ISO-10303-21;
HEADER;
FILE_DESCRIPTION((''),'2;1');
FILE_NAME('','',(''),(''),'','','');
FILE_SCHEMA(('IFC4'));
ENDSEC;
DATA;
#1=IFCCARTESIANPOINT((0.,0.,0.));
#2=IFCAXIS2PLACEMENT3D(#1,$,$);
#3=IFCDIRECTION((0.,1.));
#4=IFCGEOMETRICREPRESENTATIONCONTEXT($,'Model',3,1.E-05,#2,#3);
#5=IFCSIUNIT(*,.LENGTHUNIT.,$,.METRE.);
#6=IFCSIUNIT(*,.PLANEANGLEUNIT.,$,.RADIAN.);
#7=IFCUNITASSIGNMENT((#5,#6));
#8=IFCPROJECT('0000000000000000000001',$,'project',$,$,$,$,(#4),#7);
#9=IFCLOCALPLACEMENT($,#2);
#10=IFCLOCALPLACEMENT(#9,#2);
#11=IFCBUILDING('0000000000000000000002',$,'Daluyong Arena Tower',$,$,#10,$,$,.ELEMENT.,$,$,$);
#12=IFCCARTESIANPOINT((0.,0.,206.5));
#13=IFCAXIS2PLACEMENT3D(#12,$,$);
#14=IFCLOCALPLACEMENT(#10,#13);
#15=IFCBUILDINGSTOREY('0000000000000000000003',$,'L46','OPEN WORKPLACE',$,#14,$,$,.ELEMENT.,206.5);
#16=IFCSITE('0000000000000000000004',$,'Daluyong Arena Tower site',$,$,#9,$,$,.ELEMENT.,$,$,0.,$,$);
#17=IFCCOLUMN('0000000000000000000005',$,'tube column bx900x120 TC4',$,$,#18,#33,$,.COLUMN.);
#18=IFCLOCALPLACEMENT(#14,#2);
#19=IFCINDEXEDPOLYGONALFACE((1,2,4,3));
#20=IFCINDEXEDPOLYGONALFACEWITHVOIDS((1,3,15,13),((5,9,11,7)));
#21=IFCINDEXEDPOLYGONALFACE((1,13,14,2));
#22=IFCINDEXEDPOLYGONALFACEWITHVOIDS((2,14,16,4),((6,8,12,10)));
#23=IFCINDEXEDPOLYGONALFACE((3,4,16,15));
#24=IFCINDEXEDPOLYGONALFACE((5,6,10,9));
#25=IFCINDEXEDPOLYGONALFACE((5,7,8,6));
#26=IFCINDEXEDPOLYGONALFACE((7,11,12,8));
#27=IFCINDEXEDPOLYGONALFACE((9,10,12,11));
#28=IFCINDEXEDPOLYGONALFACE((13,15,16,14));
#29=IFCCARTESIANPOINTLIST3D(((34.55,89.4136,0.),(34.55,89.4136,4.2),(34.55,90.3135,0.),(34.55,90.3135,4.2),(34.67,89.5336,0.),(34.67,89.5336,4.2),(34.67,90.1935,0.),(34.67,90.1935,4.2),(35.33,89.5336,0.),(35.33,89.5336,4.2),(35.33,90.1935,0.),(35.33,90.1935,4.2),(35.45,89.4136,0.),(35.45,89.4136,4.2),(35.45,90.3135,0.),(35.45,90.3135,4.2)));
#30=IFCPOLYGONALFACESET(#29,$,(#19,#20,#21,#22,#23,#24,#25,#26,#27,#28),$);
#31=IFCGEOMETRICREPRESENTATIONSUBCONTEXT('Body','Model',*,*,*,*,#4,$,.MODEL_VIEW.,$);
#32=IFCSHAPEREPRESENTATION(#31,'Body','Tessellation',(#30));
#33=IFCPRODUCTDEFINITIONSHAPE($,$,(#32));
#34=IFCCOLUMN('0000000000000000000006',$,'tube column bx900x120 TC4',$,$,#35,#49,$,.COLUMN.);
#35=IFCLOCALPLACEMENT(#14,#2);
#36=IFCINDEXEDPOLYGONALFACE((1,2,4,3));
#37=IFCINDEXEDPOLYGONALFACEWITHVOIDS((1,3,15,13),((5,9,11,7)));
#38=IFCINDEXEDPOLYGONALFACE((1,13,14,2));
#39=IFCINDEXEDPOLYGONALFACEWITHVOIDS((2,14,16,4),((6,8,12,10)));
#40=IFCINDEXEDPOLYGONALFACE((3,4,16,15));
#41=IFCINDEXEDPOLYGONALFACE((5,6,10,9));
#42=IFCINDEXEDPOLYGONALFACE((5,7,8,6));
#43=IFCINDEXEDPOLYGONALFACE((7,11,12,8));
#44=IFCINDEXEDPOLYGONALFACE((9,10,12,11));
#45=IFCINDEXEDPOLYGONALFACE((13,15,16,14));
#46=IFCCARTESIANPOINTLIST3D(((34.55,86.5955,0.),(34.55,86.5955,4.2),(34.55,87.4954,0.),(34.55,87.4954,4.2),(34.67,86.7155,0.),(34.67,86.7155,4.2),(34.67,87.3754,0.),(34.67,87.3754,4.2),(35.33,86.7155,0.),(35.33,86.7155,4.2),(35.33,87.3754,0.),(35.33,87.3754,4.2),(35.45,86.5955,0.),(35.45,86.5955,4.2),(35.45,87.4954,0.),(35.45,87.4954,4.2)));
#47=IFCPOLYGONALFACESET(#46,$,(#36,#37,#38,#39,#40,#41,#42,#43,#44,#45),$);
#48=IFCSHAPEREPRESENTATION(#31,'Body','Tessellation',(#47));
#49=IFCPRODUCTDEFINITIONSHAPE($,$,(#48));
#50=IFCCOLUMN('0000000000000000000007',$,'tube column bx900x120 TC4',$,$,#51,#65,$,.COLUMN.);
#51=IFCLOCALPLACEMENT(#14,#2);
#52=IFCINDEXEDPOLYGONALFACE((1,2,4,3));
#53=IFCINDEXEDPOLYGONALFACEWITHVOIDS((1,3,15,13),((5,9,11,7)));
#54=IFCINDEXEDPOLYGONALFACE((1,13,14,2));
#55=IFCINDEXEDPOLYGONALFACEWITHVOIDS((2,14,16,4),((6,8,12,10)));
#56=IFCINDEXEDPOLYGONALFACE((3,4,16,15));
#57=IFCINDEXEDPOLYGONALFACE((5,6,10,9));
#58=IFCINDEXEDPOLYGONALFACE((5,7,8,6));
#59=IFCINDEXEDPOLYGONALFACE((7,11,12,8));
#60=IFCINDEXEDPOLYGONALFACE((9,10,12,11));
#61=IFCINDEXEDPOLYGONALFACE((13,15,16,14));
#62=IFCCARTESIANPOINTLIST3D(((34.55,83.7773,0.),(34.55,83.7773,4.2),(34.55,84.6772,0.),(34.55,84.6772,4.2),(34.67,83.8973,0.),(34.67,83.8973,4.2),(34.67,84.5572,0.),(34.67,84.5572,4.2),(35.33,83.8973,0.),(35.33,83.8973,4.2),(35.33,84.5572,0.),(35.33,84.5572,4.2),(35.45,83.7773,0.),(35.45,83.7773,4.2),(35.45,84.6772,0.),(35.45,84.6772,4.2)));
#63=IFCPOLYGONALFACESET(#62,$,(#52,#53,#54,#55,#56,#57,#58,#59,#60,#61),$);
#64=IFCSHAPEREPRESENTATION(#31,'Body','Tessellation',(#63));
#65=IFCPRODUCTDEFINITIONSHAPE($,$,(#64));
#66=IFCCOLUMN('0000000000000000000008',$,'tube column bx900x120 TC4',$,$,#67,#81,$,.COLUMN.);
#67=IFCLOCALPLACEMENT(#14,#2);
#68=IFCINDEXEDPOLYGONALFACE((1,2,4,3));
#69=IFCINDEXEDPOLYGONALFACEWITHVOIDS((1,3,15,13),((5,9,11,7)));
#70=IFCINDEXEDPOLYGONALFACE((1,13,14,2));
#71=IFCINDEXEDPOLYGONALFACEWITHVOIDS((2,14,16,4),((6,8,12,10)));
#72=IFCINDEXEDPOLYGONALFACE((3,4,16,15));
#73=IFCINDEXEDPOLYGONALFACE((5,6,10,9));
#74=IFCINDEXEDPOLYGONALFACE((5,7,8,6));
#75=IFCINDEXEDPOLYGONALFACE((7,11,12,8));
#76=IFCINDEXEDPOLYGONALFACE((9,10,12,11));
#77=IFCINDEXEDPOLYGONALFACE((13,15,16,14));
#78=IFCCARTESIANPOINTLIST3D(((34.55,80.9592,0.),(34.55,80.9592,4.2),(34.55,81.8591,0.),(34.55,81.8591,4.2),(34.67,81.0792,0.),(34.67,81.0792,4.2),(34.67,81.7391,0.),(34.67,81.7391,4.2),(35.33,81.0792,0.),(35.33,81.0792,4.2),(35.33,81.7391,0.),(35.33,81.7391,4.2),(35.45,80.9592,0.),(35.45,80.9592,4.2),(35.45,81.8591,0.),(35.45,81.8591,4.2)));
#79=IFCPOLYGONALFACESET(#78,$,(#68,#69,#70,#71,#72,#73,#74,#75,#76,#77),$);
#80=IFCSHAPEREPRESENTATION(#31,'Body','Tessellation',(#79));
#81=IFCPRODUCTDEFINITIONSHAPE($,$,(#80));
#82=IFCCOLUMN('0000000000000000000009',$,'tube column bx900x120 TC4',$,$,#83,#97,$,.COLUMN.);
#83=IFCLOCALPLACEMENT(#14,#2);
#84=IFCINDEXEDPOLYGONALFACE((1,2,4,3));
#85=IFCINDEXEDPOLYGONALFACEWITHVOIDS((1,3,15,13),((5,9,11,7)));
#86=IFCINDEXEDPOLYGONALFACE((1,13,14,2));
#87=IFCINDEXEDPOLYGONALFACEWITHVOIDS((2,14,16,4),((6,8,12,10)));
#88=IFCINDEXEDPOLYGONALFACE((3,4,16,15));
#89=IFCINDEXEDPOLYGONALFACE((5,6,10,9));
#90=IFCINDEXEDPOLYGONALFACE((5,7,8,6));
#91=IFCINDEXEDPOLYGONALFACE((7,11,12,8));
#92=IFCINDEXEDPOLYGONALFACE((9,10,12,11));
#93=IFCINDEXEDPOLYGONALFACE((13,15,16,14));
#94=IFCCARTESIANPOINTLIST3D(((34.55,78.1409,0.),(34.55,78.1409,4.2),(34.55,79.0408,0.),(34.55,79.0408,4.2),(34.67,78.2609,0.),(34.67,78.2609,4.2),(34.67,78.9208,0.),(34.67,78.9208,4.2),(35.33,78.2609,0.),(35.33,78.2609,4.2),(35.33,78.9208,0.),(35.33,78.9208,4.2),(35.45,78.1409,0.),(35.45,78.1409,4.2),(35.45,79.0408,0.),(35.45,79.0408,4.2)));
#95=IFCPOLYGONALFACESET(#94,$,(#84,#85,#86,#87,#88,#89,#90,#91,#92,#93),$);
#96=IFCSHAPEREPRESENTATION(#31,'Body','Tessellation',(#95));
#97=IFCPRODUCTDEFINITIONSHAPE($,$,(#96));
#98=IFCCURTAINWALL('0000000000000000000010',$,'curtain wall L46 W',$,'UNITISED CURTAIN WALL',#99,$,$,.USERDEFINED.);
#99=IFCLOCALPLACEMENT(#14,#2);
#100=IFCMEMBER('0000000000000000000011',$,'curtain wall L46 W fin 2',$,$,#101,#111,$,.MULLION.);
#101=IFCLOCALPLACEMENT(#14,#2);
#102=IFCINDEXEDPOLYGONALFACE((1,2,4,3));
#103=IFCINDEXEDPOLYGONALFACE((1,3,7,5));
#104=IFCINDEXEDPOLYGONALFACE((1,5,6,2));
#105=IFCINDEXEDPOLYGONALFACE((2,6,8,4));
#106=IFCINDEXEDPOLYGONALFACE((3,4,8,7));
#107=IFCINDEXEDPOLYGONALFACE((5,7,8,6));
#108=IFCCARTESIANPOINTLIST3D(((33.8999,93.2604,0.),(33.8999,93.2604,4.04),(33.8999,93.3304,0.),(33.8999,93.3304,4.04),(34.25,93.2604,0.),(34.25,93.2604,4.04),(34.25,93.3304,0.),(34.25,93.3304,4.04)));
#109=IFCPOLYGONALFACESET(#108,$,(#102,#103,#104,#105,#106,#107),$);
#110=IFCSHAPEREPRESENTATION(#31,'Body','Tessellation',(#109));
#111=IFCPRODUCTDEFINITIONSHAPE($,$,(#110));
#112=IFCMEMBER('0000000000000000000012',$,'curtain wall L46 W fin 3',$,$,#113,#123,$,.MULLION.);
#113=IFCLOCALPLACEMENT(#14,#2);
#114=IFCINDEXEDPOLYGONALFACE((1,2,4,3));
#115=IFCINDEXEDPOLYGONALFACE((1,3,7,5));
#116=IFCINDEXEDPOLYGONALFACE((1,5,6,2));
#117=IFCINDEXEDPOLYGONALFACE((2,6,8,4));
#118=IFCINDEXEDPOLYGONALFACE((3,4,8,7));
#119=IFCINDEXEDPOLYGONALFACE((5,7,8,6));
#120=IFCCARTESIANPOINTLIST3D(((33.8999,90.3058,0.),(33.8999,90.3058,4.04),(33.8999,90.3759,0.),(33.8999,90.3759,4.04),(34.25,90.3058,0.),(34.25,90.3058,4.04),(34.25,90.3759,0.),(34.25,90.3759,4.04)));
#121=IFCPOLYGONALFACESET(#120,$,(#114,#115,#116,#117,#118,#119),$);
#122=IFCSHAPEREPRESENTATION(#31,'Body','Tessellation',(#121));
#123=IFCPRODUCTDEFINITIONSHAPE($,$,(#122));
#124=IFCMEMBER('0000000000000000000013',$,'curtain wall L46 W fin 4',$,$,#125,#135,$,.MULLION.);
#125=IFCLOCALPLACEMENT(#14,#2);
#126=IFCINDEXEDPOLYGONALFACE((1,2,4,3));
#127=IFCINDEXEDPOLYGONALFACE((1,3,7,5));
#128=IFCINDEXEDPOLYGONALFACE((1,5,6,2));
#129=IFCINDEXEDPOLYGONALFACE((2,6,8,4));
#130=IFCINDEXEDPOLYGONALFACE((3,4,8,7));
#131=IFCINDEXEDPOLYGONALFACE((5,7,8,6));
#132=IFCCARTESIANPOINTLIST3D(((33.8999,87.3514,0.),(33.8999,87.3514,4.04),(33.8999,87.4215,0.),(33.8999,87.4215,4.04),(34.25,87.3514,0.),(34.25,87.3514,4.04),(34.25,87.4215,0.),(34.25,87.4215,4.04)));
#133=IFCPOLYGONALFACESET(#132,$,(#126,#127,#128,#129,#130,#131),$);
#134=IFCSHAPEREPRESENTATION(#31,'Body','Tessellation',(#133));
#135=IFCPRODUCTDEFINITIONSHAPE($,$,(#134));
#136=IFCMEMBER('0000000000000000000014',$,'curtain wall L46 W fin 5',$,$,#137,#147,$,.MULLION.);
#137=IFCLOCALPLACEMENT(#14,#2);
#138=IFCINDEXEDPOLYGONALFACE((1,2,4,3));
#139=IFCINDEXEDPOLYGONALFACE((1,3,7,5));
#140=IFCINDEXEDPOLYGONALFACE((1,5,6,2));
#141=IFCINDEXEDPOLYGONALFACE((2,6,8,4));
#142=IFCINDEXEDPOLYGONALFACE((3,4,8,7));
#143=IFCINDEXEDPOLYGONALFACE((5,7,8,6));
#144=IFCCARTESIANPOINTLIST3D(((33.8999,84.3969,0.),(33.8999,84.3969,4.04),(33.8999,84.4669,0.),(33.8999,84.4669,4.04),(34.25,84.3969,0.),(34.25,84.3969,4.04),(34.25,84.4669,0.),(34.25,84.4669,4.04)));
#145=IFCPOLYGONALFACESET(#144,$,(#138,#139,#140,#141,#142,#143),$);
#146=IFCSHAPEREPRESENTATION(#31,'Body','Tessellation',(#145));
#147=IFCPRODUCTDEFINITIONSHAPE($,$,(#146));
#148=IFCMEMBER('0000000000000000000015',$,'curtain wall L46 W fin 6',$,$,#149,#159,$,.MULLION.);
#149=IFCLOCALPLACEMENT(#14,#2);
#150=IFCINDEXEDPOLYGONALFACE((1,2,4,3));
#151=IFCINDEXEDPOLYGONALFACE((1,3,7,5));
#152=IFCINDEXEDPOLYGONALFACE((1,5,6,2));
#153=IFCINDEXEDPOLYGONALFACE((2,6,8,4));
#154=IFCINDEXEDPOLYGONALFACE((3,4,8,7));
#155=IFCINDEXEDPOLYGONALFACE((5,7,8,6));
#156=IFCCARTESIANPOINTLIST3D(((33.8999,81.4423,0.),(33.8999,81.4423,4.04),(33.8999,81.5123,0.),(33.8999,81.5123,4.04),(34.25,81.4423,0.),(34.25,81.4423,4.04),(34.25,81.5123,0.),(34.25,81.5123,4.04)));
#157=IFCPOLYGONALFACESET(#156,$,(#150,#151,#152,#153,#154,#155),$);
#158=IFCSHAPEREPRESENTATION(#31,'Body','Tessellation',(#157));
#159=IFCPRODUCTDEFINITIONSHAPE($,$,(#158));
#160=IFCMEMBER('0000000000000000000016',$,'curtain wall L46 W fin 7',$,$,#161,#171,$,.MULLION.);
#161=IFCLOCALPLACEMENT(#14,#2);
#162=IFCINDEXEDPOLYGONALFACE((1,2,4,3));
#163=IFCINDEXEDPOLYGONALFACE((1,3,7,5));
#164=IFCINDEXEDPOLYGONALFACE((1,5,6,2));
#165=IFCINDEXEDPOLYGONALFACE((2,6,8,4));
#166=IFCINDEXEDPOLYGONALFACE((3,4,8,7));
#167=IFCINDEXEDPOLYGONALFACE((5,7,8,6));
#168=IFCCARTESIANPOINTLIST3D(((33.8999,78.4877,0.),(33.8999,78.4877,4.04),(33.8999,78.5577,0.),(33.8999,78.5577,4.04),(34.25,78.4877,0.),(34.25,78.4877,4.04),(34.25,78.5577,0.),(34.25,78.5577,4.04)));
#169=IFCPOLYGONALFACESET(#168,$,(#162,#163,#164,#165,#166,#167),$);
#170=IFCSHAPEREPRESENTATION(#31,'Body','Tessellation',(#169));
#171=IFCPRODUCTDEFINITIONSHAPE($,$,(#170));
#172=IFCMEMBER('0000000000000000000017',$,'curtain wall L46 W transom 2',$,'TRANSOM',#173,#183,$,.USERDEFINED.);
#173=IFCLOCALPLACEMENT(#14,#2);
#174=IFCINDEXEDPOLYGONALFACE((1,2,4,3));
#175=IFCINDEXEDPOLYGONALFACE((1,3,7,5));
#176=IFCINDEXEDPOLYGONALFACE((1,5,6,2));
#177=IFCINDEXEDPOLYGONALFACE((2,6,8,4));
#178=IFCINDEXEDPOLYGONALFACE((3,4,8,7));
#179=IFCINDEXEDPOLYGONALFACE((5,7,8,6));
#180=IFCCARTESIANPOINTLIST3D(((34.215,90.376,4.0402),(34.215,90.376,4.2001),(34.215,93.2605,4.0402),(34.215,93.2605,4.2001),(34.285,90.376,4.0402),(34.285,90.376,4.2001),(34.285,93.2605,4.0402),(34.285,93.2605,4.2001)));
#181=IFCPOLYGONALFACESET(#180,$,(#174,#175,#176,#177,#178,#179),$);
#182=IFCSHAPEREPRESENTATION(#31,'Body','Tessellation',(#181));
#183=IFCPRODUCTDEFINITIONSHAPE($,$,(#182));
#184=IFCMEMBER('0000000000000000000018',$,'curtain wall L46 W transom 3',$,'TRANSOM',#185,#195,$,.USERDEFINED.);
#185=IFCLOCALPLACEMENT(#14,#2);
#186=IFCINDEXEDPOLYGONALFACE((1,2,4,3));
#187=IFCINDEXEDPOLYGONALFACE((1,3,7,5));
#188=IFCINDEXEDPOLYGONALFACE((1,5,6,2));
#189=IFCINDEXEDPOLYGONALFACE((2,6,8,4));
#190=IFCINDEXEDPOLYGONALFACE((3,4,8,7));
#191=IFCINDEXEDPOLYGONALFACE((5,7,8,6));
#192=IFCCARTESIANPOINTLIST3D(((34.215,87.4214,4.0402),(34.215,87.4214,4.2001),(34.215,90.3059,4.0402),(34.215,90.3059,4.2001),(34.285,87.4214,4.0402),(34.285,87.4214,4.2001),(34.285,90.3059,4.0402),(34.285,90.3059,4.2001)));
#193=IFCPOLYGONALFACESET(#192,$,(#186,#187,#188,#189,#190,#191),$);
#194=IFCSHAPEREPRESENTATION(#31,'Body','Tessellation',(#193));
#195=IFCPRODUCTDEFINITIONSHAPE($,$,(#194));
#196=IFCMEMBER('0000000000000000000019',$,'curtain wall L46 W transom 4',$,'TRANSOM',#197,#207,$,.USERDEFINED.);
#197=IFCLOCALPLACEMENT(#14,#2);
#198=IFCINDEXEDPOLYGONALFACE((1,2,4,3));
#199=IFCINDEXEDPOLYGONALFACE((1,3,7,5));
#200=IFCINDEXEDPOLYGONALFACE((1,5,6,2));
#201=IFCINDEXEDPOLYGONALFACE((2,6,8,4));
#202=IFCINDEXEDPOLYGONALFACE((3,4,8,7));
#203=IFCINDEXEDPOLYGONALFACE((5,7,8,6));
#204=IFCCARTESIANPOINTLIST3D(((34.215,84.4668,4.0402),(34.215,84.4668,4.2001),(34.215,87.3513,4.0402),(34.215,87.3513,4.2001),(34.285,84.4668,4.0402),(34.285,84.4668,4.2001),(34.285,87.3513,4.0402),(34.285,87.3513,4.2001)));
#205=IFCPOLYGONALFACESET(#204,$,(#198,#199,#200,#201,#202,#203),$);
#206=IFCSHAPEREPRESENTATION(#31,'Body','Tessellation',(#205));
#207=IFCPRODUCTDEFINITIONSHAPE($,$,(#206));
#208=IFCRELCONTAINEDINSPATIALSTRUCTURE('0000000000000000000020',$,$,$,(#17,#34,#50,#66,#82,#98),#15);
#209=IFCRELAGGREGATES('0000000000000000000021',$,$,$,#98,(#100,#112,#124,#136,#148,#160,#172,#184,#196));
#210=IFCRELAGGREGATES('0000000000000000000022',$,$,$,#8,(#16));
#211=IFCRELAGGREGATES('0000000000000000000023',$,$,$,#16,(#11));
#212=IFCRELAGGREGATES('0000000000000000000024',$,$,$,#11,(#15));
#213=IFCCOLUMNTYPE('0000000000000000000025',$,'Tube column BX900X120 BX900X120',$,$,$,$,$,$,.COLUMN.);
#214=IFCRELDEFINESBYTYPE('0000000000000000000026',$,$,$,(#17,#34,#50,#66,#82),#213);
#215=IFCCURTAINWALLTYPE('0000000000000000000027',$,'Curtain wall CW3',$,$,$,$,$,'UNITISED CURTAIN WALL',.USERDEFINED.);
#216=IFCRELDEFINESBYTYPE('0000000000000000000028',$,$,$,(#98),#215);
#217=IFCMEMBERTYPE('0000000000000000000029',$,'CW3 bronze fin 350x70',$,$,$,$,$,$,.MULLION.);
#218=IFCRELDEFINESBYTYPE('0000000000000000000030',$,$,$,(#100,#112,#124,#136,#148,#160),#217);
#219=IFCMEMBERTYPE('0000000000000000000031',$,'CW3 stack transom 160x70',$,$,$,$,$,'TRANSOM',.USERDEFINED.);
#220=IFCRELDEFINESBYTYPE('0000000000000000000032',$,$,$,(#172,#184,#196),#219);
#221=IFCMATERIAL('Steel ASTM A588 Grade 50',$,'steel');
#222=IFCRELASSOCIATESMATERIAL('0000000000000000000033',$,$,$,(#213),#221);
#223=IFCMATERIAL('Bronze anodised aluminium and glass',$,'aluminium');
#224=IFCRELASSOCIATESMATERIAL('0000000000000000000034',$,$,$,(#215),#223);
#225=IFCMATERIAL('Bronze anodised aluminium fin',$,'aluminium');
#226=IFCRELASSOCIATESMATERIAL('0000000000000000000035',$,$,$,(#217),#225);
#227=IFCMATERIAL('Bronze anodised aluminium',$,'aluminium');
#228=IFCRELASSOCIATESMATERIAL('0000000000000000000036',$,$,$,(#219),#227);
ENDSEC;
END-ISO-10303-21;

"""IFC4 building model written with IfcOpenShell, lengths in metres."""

from ifc_helpers import new_model, si_unit, direction, frame, origin, origin_2d, place, context, subcontext, project, spatial, rectangle, hollow_rectangle, extrude, material, material_profile, profile_set, type_object, element, aggregate, save


model = new_model("IFC4")

# Units and contexts
model_context = context("Model", 3, precision=1e-05, world=origin(), true_north=direction((0.0, 1.0)))
body_context = subcontext(model_context, "Body", "Model", "MODEL_VIEW")
ifc_project = project(units=[si_unit("LENGTHUNIT", "METRE"), si_unit("PLANEANGLEUNIT", "RADIAN")], contexts=[model_context])

# Site, building, storey
site_placement = place(None, origin())
site = spatial("IfcSite", under=ifc_project, at=site_placement, Name="Daluyong Arena Tower site", CompositionType="ELEMENT", RefElevation=0.0)
building_placement = place(site_placement, origin())
building = spatial("IfcBuilding", under=site, at=building_placement, Name="Daluyong Arena Tower", CompositionType="ELEMENT")
storey_placement = place(building_placement, frame((0.0, 0.0, 206.5)))
storey = spatial("IfcBuildingStorey", under=building, at=storey_placement, Name="L46", Description="OPEN WORKPLACE", CompositionType="ELEMENT", Elevation=206.5)

# Columns
ifc_material_1 = material(Name="Steel ASTM A588 Grade 50", Category="steel")
ifc_material_profile_1 = material_profile(ifc_material_1, hollow_rectangle(XDim=0.8999, YDim=0.8999, WallThickness=0.12, at=origin_2d()))
ifc_profile_set_1 = profile_set([ifc_material_profile_1], Name="Steel ASTM A588 Grade 50")
column_type = type_object("IfcColumnType", Name="Tube column BX900X120 BX900X120", PredefinedType="COLUMN", material=ifc_profile_set_1)
for number, where, z_axis, x_axis, name in (
    (1, (35.0, 89.8635, 0.0), (0.0, 0.0, 1.0), (0.0, 1.0, 0.0), "tube column bx900x120 TC4"),
    (2, (35.0, 87.0454, 0.0), (0.0, 0.0, 1.0), (0.0, 1.0, 0.0), "tube column bx900x120 TC4"),
    (3, (35.0, 84.2273, 0.0), (0.0, 0.0, 1.0), (0.0, 1.0, 0.0), "tube column bx900x120 TC4"),
    (4, (35.0, 81.4092, 0.0), (0.0, 0.0, 1.0), (0.0, 1.0, 0.0), "tube column bx900x120 TC4"),
    (5, (35.0, 78.5908, 0.0), (0.0, 0.0, 1.0), (0.0, 1.0, 0.0), "tube column bx900x120 TC4"),
):
    element("IfcColumn", number, at=place(storey_placement, frame(where, z_axis=z_axis, x_axis=x_axis)), inside=storey, type_object=column_type, Name=name, PredefinedType="COLUMN", context=body_context, shape_type="SweptSolid", body=[
        extrude(hollow_rectangle(XDim=0.8999, YDim=0.8999, WallThickness=0.12, at=origin_2d()), origin(), (0.0, 0.0, 1.0), 4.2),
    ])

# Curtain wall, members
ifc_material_2 = material(Name="Bronze anodised aluminium and glass", Category="aluminium")
curtain_wall_type = type_object("IfcCurtainWallType", Name="Curtain wall CW3", ElementType="UNITISED CURTAIN WALL", PredefinedType="USERDEFINED", material=ifc_material_2)
curtain_wall_placement = place(storey_placement, origin())
curtain_wall = element("IfcCurtainWall", 6, at=curtain_wall_placement, inside=storey, type_object=curtain_wall_type, Name="curtain wall L46 W", ObjectType="UNITISED CURTAIN WALL", PredefinedType="USERDEFINED")
ifc_material_3 = material(Name="Bronze anodised aluminium fin", Category="aluminium")
ifc_material_profile_2 = material_profile(ifc_material_3, rectangle(XDim=0.3501, YDim=0.0701, at=origin_2d()))
ifc_profile_set_2 = profile_set([ifc_material_profile_2], Name="Bronze anodised aluminium fin")
member_type_1 = type_object("IfcMemberType", Name="CW3 bronze fin 350x70", PredefinedType="MULLION", material=ifc_profile_set_2)
member_1_placement = place(storey_placement, frame((34.075, 93.2954, 0.0), z_axis=(0.0, 0.0, 1.0), x_axis=(1.0, 0.0, 0.0)))
member_1 = element("IfcMember", 7, at=member_1_placement, type_object=member_type_1, Name="curtain wall L46 W fin 2", PredefinedType="MULLION", context=body_context, shape_type="SweptSolid", body=[
    extrude(rectangle(XDim=0.3501, YDim=0.0701, at=origin_2d()), origin(), (0.0, 0.0, 1.0), 4.04),
])
member_2_placement = place(storey_placement, frame((34.075, 90.3408, 0.0), z_axis=(0.0, 0.0, 1.0), x_axis=(1.0, 0.0, 0.0)))
member_2 = element("IfcMember", 8, at=member_2_placement, type_object=member_type_1, Name="curtain wall L46 W fin 3", PredefinedType="MULLION", context=body_context, shape_type="SweptSolid", body=[
    extrude(rectangle(XDim=0.3501, YDim=0.0701, at=origin_2d()), origin(), (0.0, 0.0, 1.0), 4.04),
])
member_3_placement = place(storey_placement, frame((34.075, 87.3865, 0.0), z_axis=(0.0, 0.0, 1.0), x_axis=(1.0, 0.0, 0.0)))
member_3 = element("IfcMember", 9, at=member_3_placement, type_object=member_type_1, Name="curtain wall L46 W fin 4", PredefinedType="MULLION", context=body_context, shape_type="SweptSolid", body=[
    extrude(rectangle(XDim=0.3501, YDim=0.0701, at=origin_2d()), origin(), (0.0, 0.0, 1.0), 4.04),
])
member_4_placement = place(storey_placement, frame((34.075, 84.4319, 0.0), z_axis=(0.0, 0.0, 1.0), x_axis=(1.0, 0.0, 0.0)))
member_4 = element("IfcMember", 10, at=member_4_placement, type_object=member_type_1, Name="curtain wall L46 W fin 5", PredefinedType="MULLION", context=body_context, shape_type="SweptSolid", body=[
    extrude(rectangle(XDim=0.3501, YDim=0.0701, at=origin_2d()), origin(), (0.0, 0.0, 1.0), 4.04),
])
member_5_placement = place(storey_placement, frame((34.075, 81.4773, 0.0), z_axis=(0.0, 0.0, 1.0), x_axis=(1.0, 0.0, 0.0)))
member_5 = element("IfcMember", 11, at=member_5_placement, type_object=member_type_1, Name="curtain wall L46 W fin 6", PredefinedType="MULLION", context=body_context, shape_type="SweptSolid", body=[
    extrude(rectangle(XDim=0.3501, YDim=0.0701, at=origin_2d()), origin(), (0.0, 0.0, 1.0), 4.04),
])
member_6_placement = place(storey_placement, frame((34.075, 78.5227, 0.0), z_axis=(0.0, 0.0, 1.0), x_axis=(1.0, 0.0, 0.0)))
member_6 = element("IfcMember", 12, at=member_6_placement, type_object=member_type_1, Name="curtain wall L46 W fin 7", PredefinedType="MULLION", context=body_context, shape_type="SweptSolid", body=[
    extrude(rectangle(XDim=0.3501, YDim=0.0701, at=origin_2d()), origin(), (0.0, 0.0, 1.0), 4.04),
])
ifc_material_4 = material(Name="Bronze anodised aluminium", Category="aluminium")
ifc_material_profile_3 = material_profile(ifc_material_4, rectangle(XDim=0.0701, YDim=0.1599, at=origin_2d()))
ifc_profile_set_3 = profile_set([ifc_material_profile_3], Name="Bronze anodised aluminium")
member_type_2 = type_object("IfcMemberType", Name="CW3 stack transom 160x70", ElementType="TRANSOM", PredefinedType="USERDEFINED", material=ifc_profile_set_3)
member_7_placement = place(storey_placement, frame((34.25, 93.2605, 4.1201), z_axis=(0.0, -1.0, 0.0), x_axis=(1.0, 0.0, 0.0)))
member_7 = element("IfcMember", 13, at=member_7_placement, type_object=member_type_2, Name="curtain wall L46 W transom 2", ObjectType="TRANSOM", PredefinedType="USERDEFINED", context=body_context, shape_type="SweptSolid", body=[
    extrude(rectangle(XDim=0.0701, YDim=0.1599, at=origin_2d()), origin(), (0.0, 0.0, 1.0), 2.8845),
])
member_8_placement = place(storey_placement, frame((34.25, 90.3059, 4.1201), z_axis=(0.0, -1.0, 0.0), x_axis=(1.0, 0.0, 0.0)))
member_8 = element("IfcMember", 14, at=member_8_placement, type_object=member_type_2, Name="curtain wall L46 W transom 3", ObjectType="TRANSOM", PredefinedType="USERDEFINED", context=body_context, shape_type="SweptSolid", body=[
    extrude(rectangle(XDim=0.0701, YDim=0.1599, at=origin_2d()), origin(), (0.0, 0.0, 1.0), 2.8845),
])
member_9_placement = place(storey_placement, frame((34.25, 87.3513, 4.1201), z_axis=(0.0, -1.0, 0.0), x_axis=(1.0, 0.0, 0.0)))
member_9 = element("IfcMember", 15, at=member_9_placement, type_object=member_type_2, Name="curtain wall L46 W transom 4", ObjectType="TRANSOM", PredefinedType="USERDEFINED", context=body_context, shape_type="SweptSolid", body=[
    extrude(rectangle(XDim=0.0701, YDim=0.1599, at=origin_2d()), origin(), (0.0, 0.0, 1.0), 2.8845),
])

aggregate(curtain_wall, [member_1, member_2, member_3, member_4, member_5, member_6, member_7, member_8, member_9])

save(model, "model.ifc")
